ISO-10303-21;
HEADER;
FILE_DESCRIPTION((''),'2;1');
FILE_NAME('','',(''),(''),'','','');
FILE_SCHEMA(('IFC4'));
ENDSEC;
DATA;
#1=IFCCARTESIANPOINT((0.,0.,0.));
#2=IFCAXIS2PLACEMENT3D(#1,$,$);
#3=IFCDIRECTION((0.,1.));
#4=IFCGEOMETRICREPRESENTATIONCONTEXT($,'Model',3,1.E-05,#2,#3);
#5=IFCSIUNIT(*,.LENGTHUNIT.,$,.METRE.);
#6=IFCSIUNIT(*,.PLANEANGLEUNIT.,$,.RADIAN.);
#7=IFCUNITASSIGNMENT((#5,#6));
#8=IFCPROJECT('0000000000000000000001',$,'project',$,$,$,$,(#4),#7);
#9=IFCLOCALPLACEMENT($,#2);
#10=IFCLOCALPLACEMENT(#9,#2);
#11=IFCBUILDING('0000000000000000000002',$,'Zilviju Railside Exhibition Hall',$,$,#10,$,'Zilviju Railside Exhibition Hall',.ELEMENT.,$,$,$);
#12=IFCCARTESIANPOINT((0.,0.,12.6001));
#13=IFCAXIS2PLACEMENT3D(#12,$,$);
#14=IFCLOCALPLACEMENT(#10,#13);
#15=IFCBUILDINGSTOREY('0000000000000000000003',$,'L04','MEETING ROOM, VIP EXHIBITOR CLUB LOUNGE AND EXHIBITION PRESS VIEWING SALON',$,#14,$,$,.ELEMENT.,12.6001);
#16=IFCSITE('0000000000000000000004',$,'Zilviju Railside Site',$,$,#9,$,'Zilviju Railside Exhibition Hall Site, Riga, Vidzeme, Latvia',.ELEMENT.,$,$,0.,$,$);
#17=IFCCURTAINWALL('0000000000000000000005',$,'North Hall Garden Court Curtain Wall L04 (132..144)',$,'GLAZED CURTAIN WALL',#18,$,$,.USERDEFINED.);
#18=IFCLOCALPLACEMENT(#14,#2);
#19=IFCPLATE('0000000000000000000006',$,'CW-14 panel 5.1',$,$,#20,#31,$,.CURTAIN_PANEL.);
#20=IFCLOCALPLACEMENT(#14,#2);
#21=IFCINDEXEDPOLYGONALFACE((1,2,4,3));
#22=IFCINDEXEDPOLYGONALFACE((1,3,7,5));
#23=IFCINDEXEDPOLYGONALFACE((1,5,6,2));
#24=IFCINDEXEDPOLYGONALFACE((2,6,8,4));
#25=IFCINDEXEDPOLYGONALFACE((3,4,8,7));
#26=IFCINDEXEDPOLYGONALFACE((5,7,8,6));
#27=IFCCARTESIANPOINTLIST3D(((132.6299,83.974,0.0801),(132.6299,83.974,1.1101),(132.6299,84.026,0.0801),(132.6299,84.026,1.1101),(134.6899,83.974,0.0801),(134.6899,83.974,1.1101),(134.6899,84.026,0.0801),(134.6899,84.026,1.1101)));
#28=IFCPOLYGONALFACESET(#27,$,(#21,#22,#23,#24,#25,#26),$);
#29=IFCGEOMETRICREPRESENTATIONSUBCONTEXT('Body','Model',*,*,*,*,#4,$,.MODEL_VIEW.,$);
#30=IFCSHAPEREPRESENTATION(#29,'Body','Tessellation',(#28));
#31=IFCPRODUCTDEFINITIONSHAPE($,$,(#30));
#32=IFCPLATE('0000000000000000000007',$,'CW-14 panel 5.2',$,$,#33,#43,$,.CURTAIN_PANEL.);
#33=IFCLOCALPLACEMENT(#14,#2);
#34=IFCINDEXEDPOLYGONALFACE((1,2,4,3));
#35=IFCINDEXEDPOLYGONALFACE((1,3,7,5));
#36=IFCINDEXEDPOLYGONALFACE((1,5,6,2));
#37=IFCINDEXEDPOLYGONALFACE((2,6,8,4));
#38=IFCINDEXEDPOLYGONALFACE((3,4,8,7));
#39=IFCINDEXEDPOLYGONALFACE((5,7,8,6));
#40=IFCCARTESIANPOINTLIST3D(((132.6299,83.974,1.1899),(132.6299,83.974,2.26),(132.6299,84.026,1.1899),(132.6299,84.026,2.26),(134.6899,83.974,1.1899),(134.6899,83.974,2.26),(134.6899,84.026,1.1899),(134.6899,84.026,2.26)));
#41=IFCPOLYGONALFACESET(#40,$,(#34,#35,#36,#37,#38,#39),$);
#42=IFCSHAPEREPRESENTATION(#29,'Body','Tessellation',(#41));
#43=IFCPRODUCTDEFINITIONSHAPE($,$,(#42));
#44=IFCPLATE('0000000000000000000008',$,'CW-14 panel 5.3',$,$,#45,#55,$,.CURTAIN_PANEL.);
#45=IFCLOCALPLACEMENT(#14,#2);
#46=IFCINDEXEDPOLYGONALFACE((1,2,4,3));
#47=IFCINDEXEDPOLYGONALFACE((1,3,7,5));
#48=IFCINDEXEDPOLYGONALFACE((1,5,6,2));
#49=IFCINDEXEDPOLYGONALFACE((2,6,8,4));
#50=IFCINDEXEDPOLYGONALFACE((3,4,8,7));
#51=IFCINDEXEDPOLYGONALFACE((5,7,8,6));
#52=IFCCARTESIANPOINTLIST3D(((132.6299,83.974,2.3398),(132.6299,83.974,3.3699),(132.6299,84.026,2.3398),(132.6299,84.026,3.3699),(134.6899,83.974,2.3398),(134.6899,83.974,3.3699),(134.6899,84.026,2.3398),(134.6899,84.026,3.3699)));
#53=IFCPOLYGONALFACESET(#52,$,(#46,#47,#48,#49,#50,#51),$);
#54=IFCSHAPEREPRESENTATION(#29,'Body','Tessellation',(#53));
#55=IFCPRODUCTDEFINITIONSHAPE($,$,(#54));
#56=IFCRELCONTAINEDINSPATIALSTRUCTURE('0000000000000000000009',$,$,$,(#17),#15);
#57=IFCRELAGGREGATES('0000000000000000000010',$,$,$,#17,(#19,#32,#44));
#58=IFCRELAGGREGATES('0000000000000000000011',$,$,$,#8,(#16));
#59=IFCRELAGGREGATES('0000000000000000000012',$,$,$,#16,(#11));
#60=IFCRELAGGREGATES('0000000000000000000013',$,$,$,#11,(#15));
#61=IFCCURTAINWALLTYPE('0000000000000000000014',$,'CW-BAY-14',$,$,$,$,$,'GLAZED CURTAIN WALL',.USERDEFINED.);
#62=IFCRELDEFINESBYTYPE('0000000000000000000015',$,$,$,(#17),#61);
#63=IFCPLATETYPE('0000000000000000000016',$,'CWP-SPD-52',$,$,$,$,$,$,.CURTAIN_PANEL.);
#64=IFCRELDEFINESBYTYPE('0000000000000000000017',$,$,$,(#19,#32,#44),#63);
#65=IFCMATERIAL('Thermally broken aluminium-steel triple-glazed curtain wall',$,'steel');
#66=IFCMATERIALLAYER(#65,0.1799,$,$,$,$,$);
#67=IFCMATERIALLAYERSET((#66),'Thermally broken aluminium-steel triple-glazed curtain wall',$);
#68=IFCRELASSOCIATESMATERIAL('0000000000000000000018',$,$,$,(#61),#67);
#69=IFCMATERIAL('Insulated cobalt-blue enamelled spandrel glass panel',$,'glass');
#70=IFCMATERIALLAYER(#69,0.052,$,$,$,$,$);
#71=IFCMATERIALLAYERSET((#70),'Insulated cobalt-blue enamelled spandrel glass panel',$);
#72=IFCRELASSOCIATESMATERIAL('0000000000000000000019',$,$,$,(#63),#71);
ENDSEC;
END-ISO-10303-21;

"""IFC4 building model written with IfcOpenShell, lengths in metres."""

from ifc_helpers import new_model, si_unit, direction, frame, origin, origin_2d, place, context, subcontext, project, spatial, rectangle, extrude, material, layer, layer_set, type_object, element, aggregate, save


model = new_model("IFC4")

# Units and contexts
model_context = context("Model", 3, precision=1e-05, world=origin(), true_north=direction((0.0, 1.0)))
body_context = subcontext(model_context, "Body", "Model", "MODEL_VIEW")
ifc_project = project(units=[si_unit("LENGTHUNIT", "METRE"), si_unit("PLANEANGLEUNIT", "RADIAN")], contexts=[model_context])

# Site, building, storey
site_placement = place(None, origin())
site = spatial("IfcSite", under=ifc_project, at=site_placement, Name="Zilviju Railside Site", LongName="Zilviju Railside Exhibition Hall Site, Riga, Vidzeme, Latvia", CompositionType="ELEMENT", RefElevation=0.0)
building_placement = place(site_placement, origin())
building = spatial("IfcBuilding", under=site, at=building_placement, Name="Zilviju Railside Exhibition Hall", LongName="Zilviju Railside Exhibition Hall", CompositionType="ELEMENT")
storey_placement = place(building_placement, frame((0.0, 0.0, 12.6001)))
storey = spatial("IfcBuildingStorey", under=building, at=storey_placement, Name="L04", Description="MEETING ROOM, VIP EXHIBITOR CLUB LOUNGE AND EXHIBITION PRESS VIEWING SALON", CompositionType="ELEMENT", Elevation=12.6001)

# Curtain wall, plates
ifc_material_1 = material(Name="Thermally broken aluminium-steel triple-glazed curtain wall", Category="steel")
ifc_layer_1 = layer(ifc_material_1, 0.1799)
ifc_layer_set_1 = layer_set([ifc_layer_1], Name="Thermally broken aluminium-steel triple-glazed curtain wall")
curtain_wall_type = type_object("IfcCurtainWallType", Name="CW-BAY-14", ElementType="GLAZED CURTAIN WALL", PredefinedType="USERDEFINED", material=ifc_layer_set_1)
curtain_wall_placement = place(storey_placement, origin())
curtain_wall = element("IfcCurtainWall", 1, at=curtain_wall_placement, inside=storey, type_object=curtain_wall_type, Name="North Hall Garden Court Curtain Wall L04 (132..144)", ObjectType="GLAZED CURTAIN WALL", PredefinedType="USERDEFINED")
ifc_material_2 = material(Name="Insulated cobalt-blue enamelled spandrel glass panel", Category="glass")
ifc_layer_2 = layer(ifc_material_2, 0.052)
ifc_layer_set_2 = layer_set([ifc_layer_2], Name="Insulated cobalt-blue enamelled spandrel glass panel")
plate_type = type_object("IfcPlateType", Name="CWP-SPD-52", PredefinedType="CURTAIN_PANEL", material=ifc_layer_set_2)
plate_1_placement = place(storey_placement, frame((133.6599, 84.0, 0.0801), z_axis=(0.0, 0.0, 1.0), x_axis=(-1.0, 0.0, 0.0)))
plate_1 = element("IfcPlate", 2, at=plate_1_placement, type_object=plate_type, Name="CW-14 panel 5.1", PredefinedType="CURTAIN_PANEL", context=body_context, shape_type="SweptSolid", body=[
    extrude(rectangle(XDim=2.0601, YDim=0.052, at=origin_2d()), origin(), (0.0, 0.0, 1.0), 1.03),
])
plate_2_placement = place(storey_placement, frame((133.6599, 84.0, 1.1899), z_axis=(0.0, 0.0, 1.0), x_axis=(-1.0, 0.0, 0.0)))
plate_2 = element("IfcPlate", 3, at=plate_2_placement, type_object=plate_type, Name="CW-14 panel 5.2", PredefinedType="CURTAIN_PANEL", context=body_context, shape_type="SweptSolid", body=[
    extrude(rectangle(XDim=2.0601, YDim=0.052, at=origin_2d()), origin(), (0.0, 0.0, 1.0), 1.0701),
])
plate_3_placement = place(storey_placement, frame((133.6599, 84.0, 2.3398), z_axis=(0.0, 0.0, 1.0), x_axis=(-1.0, 0.0, 0.0)))
plate_3 = element("IfcPlate", 4, at=plate_3_placement, type_object=plate_type, Name="CW-14 panel 5.3", PredefinedType="CURTAIN_PANEL", context=body_context, shape_type="SweptSolid", body=[
    extrude(rectangle(XDim=2.0601, YDim=0.052, at=origin_2d()), origin(), (0.0, 0.0, 1.0), 1.03),
])
aggregate(curtain_wall, [plate_1, plate_2, plate_3])

save(model, "model.ifc")
